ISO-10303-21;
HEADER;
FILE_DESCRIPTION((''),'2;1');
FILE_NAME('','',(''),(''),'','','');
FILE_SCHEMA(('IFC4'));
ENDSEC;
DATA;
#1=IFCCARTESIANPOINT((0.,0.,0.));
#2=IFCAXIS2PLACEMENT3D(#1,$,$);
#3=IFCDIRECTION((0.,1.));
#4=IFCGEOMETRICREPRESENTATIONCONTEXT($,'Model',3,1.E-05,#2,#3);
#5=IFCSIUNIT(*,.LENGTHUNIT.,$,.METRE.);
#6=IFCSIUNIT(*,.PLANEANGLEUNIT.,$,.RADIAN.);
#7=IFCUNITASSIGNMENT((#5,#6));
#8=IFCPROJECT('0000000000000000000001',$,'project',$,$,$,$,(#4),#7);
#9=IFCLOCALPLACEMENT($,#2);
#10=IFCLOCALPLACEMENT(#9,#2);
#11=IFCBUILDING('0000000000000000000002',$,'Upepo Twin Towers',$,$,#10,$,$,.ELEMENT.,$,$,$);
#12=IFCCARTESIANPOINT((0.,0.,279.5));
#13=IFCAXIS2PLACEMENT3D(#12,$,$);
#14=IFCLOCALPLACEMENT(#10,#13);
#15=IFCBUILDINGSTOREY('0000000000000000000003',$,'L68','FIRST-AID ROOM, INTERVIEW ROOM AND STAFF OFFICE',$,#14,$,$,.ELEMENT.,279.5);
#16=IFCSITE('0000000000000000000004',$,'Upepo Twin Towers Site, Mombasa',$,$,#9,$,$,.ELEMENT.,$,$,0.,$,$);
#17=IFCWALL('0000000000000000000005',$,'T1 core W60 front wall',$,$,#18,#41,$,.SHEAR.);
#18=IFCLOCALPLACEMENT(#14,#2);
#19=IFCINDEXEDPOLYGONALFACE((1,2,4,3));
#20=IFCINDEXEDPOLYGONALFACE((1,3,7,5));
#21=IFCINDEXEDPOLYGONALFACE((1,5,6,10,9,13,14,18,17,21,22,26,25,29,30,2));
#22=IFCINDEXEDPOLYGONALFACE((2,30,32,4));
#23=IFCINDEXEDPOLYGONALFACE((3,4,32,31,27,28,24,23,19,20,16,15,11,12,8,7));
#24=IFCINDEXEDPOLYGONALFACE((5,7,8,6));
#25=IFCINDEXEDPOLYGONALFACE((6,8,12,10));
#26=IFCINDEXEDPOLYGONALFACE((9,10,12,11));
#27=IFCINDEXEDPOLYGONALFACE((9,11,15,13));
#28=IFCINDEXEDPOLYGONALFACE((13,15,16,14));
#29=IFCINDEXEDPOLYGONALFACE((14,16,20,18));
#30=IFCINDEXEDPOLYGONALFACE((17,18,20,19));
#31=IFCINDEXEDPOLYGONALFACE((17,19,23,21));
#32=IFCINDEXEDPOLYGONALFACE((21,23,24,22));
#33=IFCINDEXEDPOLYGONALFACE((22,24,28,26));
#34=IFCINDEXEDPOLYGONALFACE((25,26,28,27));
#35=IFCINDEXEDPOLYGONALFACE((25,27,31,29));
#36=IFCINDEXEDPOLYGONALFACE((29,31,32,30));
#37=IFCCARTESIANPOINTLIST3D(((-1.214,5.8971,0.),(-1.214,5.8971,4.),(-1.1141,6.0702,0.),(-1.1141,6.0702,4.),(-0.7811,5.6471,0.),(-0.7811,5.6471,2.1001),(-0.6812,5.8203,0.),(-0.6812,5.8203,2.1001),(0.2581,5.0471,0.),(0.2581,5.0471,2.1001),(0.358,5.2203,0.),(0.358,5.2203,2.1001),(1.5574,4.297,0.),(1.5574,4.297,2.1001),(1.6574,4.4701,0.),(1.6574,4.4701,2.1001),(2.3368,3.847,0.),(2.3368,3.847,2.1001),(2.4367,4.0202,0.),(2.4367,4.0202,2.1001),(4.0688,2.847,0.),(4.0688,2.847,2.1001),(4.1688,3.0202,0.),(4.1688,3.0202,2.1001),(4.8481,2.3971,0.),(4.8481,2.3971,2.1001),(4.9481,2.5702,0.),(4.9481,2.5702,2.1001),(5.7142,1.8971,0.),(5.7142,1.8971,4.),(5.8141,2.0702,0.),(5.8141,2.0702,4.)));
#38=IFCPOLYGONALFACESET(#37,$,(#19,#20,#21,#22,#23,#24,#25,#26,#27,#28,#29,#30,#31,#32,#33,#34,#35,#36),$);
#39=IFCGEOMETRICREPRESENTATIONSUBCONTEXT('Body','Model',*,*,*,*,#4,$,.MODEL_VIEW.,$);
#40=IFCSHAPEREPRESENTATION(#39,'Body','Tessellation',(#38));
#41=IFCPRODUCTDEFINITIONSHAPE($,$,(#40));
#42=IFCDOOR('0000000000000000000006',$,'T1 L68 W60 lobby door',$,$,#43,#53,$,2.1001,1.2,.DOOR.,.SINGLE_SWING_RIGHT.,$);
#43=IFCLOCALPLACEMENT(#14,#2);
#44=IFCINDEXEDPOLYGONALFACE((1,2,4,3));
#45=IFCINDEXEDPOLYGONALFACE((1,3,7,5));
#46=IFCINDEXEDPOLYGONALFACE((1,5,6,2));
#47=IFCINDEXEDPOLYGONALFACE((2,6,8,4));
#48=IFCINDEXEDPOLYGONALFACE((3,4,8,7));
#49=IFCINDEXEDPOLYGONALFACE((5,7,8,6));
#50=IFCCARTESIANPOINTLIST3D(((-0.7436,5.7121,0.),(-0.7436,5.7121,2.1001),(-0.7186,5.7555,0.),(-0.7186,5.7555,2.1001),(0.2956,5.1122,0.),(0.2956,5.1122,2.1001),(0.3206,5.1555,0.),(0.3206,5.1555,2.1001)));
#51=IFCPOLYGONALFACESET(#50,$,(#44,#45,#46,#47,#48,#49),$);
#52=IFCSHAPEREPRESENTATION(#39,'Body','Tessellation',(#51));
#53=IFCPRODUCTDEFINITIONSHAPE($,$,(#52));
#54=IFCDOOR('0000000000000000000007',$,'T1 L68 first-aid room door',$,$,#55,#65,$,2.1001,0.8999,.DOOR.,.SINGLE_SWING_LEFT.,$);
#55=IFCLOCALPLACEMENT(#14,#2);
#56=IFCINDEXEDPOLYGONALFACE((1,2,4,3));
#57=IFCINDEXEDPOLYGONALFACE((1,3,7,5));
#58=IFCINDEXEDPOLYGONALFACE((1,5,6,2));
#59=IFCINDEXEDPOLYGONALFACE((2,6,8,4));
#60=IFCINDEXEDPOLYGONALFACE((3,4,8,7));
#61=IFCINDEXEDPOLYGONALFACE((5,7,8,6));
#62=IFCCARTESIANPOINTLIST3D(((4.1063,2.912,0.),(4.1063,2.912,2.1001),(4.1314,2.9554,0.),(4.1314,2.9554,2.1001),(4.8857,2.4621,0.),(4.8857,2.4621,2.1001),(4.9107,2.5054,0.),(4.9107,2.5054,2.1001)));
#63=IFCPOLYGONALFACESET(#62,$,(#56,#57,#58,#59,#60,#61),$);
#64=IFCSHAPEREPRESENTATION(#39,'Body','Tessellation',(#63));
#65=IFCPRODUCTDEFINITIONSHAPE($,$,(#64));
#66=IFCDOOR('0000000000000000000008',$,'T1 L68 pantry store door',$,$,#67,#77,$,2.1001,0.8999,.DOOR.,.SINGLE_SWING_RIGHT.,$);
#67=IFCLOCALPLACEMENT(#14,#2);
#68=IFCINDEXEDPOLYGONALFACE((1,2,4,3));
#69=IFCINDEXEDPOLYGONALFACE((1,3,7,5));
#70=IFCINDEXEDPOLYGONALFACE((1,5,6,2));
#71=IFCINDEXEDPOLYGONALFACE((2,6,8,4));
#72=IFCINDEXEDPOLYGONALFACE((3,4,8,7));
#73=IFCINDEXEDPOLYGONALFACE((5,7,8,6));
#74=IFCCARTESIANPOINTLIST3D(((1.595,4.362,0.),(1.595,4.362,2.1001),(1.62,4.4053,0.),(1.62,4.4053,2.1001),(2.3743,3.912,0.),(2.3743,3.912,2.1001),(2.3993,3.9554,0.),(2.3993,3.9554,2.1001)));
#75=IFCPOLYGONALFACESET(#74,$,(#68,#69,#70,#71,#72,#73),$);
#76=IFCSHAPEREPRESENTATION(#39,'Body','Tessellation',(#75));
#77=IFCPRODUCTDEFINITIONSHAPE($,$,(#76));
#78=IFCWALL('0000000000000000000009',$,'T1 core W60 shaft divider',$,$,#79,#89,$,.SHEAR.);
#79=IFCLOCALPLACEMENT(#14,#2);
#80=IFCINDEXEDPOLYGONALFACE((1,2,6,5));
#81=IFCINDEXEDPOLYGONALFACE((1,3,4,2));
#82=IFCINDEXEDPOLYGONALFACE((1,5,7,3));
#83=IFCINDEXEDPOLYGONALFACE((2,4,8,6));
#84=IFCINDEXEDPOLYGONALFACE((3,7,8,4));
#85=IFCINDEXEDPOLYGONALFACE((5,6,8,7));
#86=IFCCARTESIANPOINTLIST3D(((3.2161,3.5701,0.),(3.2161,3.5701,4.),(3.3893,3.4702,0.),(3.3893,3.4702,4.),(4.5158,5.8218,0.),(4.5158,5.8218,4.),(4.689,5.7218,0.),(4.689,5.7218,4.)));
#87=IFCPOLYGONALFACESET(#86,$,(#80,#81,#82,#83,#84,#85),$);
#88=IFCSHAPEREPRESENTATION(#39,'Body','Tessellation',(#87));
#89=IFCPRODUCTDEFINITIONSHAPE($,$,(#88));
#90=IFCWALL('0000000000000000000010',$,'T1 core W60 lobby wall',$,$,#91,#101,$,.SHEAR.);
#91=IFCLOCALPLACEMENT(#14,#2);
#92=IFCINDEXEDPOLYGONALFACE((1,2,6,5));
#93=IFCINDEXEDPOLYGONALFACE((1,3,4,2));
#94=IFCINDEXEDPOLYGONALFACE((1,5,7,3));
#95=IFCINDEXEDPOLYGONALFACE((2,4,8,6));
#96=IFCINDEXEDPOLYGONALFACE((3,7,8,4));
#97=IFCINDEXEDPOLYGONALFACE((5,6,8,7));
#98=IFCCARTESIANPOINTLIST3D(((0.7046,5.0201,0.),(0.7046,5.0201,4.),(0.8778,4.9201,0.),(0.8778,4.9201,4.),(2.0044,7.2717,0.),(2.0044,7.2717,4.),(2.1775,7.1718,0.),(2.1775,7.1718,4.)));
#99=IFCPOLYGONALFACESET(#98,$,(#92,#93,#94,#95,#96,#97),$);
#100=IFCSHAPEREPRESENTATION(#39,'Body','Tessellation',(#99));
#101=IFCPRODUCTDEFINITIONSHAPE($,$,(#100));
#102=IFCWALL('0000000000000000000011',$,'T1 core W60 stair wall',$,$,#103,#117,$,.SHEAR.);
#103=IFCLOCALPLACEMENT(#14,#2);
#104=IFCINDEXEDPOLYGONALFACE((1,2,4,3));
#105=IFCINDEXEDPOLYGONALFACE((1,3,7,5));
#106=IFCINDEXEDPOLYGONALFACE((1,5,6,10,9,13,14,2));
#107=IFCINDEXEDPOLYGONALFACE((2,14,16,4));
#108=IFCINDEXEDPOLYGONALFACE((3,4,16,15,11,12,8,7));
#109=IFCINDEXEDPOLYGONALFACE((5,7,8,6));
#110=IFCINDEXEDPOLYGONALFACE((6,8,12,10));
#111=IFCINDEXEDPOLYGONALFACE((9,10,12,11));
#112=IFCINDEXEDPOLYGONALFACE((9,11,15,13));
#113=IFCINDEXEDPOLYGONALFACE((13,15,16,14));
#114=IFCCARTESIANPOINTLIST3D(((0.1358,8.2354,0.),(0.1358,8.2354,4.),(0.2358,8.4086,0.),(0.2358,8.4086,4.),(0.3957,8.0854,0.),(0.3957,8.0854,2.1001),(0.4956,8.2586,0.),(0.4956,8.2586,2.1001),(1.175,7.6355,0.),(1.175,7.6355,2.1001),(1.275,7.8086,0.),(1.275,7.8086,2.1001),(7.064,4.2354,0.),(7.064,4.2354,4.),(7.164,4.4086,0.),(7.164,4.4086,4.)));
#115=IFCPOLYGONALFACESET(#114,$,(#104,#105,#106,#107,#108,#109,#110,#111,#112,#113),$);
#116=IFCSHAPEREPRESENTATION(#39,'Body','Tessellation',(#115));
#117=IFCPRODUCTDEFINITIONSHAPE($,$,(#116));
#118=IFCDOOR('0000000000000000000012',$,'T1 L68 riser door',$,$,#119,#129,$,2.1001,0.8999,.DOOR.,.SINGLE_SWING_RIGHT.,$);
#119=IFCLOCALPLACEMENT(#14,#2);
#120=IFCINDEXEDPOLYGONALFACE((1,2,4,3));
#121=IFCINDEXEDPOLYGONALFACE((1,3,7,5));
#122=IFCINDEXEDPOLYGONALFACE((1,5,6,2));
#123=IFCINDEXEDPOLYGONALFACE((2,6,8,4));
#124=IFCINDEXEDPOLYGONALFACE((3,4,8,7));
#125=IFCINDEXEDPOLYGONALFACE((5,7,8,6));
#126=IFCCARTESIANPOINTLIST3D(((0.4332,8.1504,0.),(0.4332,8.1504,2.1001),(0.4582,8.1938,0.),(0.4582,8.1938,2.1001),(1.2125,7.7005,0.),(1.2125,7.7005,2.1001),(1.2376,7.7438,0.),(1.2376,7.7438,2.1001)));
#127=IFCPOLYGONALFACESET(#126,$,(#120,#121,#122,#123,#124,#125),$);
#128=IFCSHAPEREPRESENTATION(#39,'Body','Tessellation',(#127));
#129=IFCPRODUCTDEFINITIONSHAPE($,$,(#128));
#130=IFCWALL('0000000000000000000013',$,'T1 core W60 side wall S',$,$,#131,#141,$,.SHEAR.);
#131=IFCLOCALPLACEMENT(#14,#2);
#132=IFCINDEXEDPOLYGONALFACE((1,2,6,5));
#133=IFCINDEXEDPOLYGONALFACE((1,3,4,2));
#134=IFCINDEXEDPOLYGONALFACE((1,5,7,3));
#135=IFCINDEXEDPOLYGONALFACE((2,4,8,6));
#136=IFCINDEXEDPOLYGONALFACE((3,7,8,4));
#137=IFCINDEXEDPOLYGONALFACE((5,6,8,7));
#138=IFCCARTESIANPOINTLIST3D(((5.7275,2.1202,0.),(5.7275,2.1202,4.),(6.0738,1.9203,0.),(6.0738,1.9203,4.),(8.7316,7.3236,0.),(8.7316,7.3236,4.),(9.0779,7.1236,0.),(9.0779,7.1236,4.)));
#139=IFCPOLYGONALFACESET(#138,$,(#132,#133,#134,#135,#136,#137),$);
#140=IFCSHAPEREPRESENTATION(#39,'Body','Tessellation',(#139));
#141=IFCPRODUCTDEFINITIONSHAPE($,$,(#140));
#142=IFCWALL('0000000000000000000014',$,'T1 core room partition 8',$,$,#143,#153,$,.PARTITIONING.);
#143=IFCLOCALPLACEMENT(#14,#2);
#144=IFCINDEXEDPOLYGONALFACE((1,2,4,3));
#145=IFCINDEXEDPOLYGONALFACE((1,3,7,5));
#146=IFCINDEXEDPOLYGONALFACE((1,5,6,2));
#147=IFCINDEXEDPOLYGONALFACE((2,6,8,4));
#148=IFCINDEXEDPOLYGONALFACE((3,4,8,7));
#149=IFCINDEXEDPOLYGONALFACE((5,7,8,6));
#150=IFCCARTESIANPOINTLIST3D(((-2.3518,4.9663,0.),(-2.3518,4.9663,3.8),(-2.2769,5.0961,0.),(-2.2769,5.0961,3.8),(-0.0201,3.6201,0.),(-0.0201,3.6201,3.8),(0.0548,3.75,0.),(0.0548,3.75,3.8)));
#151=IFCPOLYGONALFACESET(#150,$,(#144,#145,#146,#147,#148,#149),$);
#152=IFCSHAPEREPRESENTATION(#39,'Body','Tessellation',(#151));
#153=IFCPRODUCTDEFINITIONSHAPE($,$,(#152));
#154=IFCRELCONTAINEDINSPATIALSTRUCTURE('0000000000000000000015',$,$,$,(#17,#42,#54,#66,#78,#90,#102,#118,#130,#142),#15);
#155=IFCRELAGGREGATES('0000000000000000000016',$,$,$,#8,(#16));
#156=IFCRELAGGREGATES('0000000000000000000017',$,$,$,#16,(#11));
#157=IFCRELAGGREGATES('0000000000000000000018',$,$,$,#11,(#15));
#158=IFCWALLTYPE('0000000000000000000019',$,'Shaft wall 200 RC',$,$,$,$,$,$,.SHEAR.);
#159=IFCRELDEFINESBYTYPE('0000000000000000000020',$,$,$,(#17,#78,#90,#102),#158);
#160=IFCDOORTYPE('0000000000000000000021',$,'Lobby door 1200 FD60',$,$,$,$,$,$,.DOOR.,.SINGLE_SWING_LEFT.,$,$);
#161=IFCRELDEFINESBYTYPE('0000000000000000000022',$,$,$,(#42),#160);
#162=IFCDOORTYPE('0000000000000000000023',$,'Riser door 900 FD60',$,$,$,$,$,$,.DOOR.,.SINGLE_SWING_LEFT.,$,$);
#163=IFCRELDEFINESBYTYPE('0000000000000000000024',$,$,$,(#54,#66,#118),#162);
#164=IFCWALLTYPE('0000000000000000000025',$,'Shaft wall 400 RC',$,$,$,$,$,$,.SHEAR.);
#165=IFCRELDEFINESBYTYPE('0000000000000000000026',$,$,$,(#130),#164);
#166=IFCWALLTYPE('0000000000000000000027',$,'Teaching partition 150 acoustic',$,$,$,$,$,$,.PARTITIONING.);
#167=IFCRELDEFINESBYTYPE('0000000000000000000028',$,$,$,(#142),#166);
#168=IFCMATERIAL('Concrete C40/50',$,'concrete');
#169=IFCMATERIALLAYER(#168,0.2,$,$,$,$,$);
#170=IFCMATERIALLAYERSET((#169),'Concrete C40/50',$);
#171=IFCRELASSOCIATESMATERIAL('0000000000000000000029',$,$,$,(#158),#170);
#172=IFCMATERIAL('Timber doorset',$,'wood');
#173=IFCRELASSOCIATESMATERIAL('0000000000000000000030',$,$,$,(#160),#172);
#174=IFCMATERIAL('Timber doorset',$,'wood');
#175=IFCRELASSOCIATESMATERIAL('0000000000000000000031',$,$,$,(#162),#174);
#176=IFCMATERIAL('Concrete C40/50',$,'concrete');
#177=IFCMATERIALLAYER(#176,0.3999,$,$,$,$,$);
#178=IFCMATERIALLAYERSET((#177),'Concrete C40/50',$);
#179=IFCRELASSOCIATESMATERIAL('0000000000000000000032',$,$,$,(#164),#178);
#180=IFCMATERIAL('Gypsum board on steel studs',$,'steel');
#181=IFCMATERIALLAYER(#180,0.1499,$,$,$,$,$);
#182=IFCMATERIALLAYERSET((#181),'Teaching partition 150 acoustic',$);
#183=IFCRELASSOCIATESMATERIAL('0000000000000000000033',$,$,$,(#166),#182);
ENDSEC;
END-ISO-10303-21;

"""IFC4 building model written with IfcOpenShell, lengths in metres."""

from ifc_helpers import new_model, si_unit, direction, frame, frame_2d, origin, place, context, subcontext, project, spatial, rectangle, extrude, material, layer, layer_set, type_object, element, fill, save


model = new_model("IFC4")

# Units and contexts
model_context = context("Model", 3, precision=1e-05, world=origin(), true_north=direction((0.0, 1.0)))
body_context = subcontext(model_context, "Body", "Model", "MODEL_VIEW")
ifc_project = project(units=[si_unit("LENGTHUNIT", "METRE"), si_unit("PLANEANGLEUNIT", "RADIAN")], contexts=[model_context])

# Site, building, storey
site_placement = place(None, origin())
site = spatial("IfcSite", under=ifc_project, at=site_placement, Name="Upepo Twin Towers Site, Mombasa", CompositionType="ELEMENT", RefElevation=0.0)
building_placement = place(site_placement, origin())
building = spatial("IfcBuilding", under=site, at=building_placement, Name="Upepo Twin Towers", CompositionType="ELEMENT")
storey_placement = place(building_placement, frame((0.0, 0.0, 279.5)))
storey = spatial("IfcBuildingStorey", under=building, at=storey_placement, Name="L68", Description="FIRST-AID ROOM, INTERVIEW ROOM AND STAFF OFFICE", CompositionType="ELEMENT", Elevation=279.5)

# Wall, openings, doors
ifc_material_1 = material(Name="Concrete C40/50", Category="concrete")
ifc_layer_1 = layer(ifc_material_1, 0.2)
ifc_layer_set_1 = layer_set([ifc_layer_1], Name="Concrete C40/50")
wall_type_1 = type_object("IfcWallType", Name="Shaft wall 200 RC", PredefinedType="SHEAR", material=ifc_layer_set_1)
wall_1_placement = place(storey_placement, frame((5.7642, 1.9836, 0.0), z_axis=(0.0, 0.0, 1.0), x_axis=(-0.866026, 0.499999, 0.0)))
wall_1 = element("IfcWall", 1, at=wall_1_placement, inside=storey, type_object=wall_type_1, Name="T1 core W60 front wall", PredefinedType="SHEAR", context=body_context, shape_type="SweptSolid", body=[
    extrude(rectangle(XDim=8.0, YDim=0.2, at=frame_2d((4.0, 0.0))), origin(), (0.0, 0.0, 1.0), 4.0),
])
opening_1_placement = place(wall_1_placement, frame((6.3, 0.0, 0.0)))
opening_1 = element("IfcOpeningElement", 2, at=opening_1_placement, cuts=wall_1, PredefinedType="OPENING", context=body_context, shape_type="SweptSolid", body=[
    extrude(rectangle(XDim=1.2, YDim=2.1001, at=frame_2d((0.6001, 1.05))), frame((0.0, 0.1099, 0.0), z_axis=(0.0, -1.0, 0.0), x_axis=(1.0, 0.0, 0.0)), (0.0, 0.0, 1.0), 0.22),
])
opening_2_placement = place(wall_1_placement, frame((1.0, 0.0, 0.0)))
opening_2 = element("IfcOpeningElement", 3, at=opening_2_placement, cuts=wall_1, PredefinedType="OPENING", context=body_context, shape_type="SweptSolid", body=[
    extrude(rectangle(XDim=0.8999, YDim=2.1001, at=frame_2d((0.45, 1.05))), frame((0.0, 0.1099, 0.0), z_axis=(0.0, -1.0, 0.0), x_axis=(1.0, 0.0, 0.0)), (0.0, 0.0, 1.0), 0.22),
])
opening_3_placement = place(wall_1_placement, frame((3.8999, 0.0, 0.0)))
opening_3 = element("IfcOpeningElement", 4, at=opening_3_placement, cuts=wall_1, PredefinedType="OPENING", context=body_context, shape_type="SweptSolid", body=[
    extrude(rectangle(XDim=0.8999, YDim=2.1001, at=frame_2d((0.45, 1.05))), frame((0.0, 0.1099, 0.0), z_axis=(0.0, -1.0, 0.0), x_axis=(1.0, 0.0, 0.0)), (0.0, 0.0, 1.0), 0.22),
])
ifc_material_2 = material(Name="Timber doorset", Category="wood")
door_type_1 = type_object("IfcDoorType", Name="Lobby door 1200 FD60", OperationType="SINGLE_SWING_LEFT", PredefinedType="DOOR", material=ifc_material_2)
door_1_placement = place(opening_1_placement, origin())
door_1 = element("IfcDoor", 5, at=door_1_placement, inside=storey, type_object=door_type_1, Name="T1 L68 W60 lobby door", OperationType="SINGLE_SWING_RIGHT", OverallHeight=2.1001, OverallWidth=1.2, PredefinedType="DOOR", context=body_context, shape_type="SweptSolid", body=[
    extrude(rectangle(XDim=1.2, YDim=2.1001, at=frame_2d((0.6001, 1.05))), frame((0.0, 0.0249, 0.0), z_axis=(0.0, -1.0, 0.0), x_axis=(1.0, 0.0, 0.0)), (0.0, 0.0, 1.0), 0.05),
])
fill(opening_1, door_1)
ifc_material_3 = material(Name="Timber doorset", Category="wood")
door_type_2 = type_object("IfcDoorType", Name="Riser door 900 FD60", OperationType="SINGLE_SWING_LEFT", PredefinedType="DOOR", material=ifc_material_3)
door_2_placement = place(opening_2_placement, origin())
door_2 = element("IfcDoor", 6, at=door_2_placement, inside=storey, type_object=door_type_2, Name="T1 L68 first-aid room door", OperationType="SINGLE_SWING_LEFT", OverallHeight=2.1001, OverallWidth=0.8999, PredefinedType="DOOR", context=body_context, shape_type="SweptSolid", body=[
    extrude(rectangle(XDim=0.8999, YDim=2.1001, at=frame_2d((0.45, 1.05))), frame((0.0, 0.0249, 0.0), z_axis=(0.0, -1.0, 0.0), x_axis=(1.0, 0.0, 0.0)), (0.0, 0.0, 1.0), 0.05),
])
fill(opening_2, door_2)
door_3_placement = place(opening_3_placement, origin())
door_3 = element("IfcDoor", 7, at=door_3_placement, inside=storey, type_object=door_type_2, Name="T1 L68 pantry store door", OperationType="SINGLE_SWING_RIGHT", OverallHeight=2.1001, OverallWidth=0.8999, PredefinedType="DOOR", context=body_context, shape_type="SweptSolid", body=[
    extrude(rectangle(XDim=0.8999, YDim=2.1001, at=frame_2d((0.45, 1.05))), frame((0.0, 0.0249, 0.0), z_axis=(0.0, -1.0, 0.0), x_axis=(1.0, 0.0, 0.0)), (0.0, 0.0, 1.0), 0.05),
])
fill(opening_3, door_3)

# Walls
for number, where, z_axis, x_axis, name in (
    (8, (3.3027, 3.5203, 0.0), (0.0, 0.0, 1.0), (0.499937, 0.866062, 0.0), "T1 core W60 shaft divider"),
    (9, (0.7913, 4.9702, 0.0), (0.0, 0.0, 1.0), (0.499937, 0.866062, 0.0), "T1 core W60 lobby wall"),
):
    element("IfcWall", number, at=place(storey_placement, frame(where, z_axis=z_axis, x_axis=x_axis)), inside=storey, type_object=wall_type_1, Name=name, PredefinedType="SHEAR", context=body_context, shape_type="SweptSolid", body=[
        extrude(rectangle(XDim=2.5999, YDim=0.2, at=frame_2d((1.2998, 0.0))), origin(), (0.0, 0.0, 1.0), 4.0),
    ])

# Wall, opening, door
wall_2_placement = place(storey_placement, frame((7.114, 4.322, 0.0), z_axis=(0.0, 0.0, 1.0), x_axis=(-0.866026, 0.499999, 0.0)))
wall_2 = element("IfcWall", 10, at=wall_2_placement, inside=storey, type_object=wall_type_1, Name="T1 core W60 stair wall", PredefinedType="SHEAR", context=body_context, shape_type="SweptSolid", body=[
    extrude(rectangle(XDim=8.0, YDim=0.2, at=frame_2d((4.0, 0.0))), origin(), (0.0, 0.0, 1.0), 4.0),
])
opening_4_placement = place(wall_2_placement, frame((6.8, 0.0, 0.0)))
opening_4 = element("IfcOpeningElement", 11, at=opening_4_placement, cuts=wall_2, PredefinedType="OPENING", context=body_context, shape_type="SweptSolid", body=[
    extrude(rectangle(XDim=0.8999, YDim=2.1001, at=frame_2d((0.45, 1.05))), frame((0.0, 0.1099, 0.0), z_axis=(0.0, -1.0, 0.0), x_axis=(1.0, 0.0, 0.0)), (0.0, 0.0, 1.0), 0.22),
])
door_4_placement = place(opening_4_placement, origin())
door_4 = element("IfcDoor", 12, at=door_4_placement, inside=storey, type_object=door_type_2, Name="T1 L68 riser door", OperationType="SINGLE_SWING_RIGHT", OverallHeight=2.1001, OverallWidth=0.8999, PredefinedType="DOOR", context=body_context, shape_type="SweptSolid", body=[
    extrude(rectangle(XDim=0.8999, YDim=2.1001, at=frame_2d((0.45, 1.05))), frame((0.0, 0.0249, 0.0), z_axis=(0.0, -1.0, 0.0), x_axis=(1.0, 0.0, 0.0)), (0.0, 0.0, 1.0), 0.05),
])
fill(opening_4, door_4)

# Walls
ifc_material_4 = material(Name="Concrete C40/50", Category="concrete")
ifc_layer_2 = layer(ifc_material_4, 0.3999)
ifc_layer_set_2 = layer_set([ifc_layer_2], Name="Concrete C40/50")
wall_type_2 = type_object("IfcWallType", Name="Shaft wall 400 RC", PredefinedType="SHEAR", material=ifc_layer_set_2)
wall_3_placement = place(storey_placement, frame((5.9006, 2.0203, 0.0), z_axis=(0.0, 0.0, 1.0), x_axis=(0.499998, 0.866027, 0.0)))
element("IfcWall", 13, at=wall_3_placement, inside=storey, type_object=wall_type_2, Name="T1 core W60 side wall S", PredefinedType="SHEAR", context=body_context, shape_type="SweptSolid", body=[
    extrude(rectangle(XDim=6.0083, YDim=0.3999, at=frame_2d((3.0042, 0.0))), origin(), (0.0, 0.0, 1.0), 4.0),
])
ifc_material_5 = material(Name="Gypsum board on steel studs", Category="steel")
ifc_layer_3 = layer(ifc_material_5, 0.1499)
ifc_layer_set_3 = layer_set([ifc_layer_3], Name="Teaching partition 150 acoustic")
wall_type_3 = type_object("IfcWallType", Name="Teaching partition 150 acoustic", PredefinedType="PARTITIONING", material=ifc_layer_set_3)
wall_4_placement = place(storey_placement, frame((0.0173, 3.6851, 0.0), z_axis=(0.0, 0.0, 1.0), x_axis=(-0.866036, 0.499981, 0.0)))
element("IfcWall", 14, at=wall_4_placement, inside=storey, type_object=wall_type_3, Name="T1 core room partition 8", PredefinedType="PARTITIONING", context=body_context, shape_type="SweptSolid", body=[
    extrude(rectangle(XDim=2.6924, YDim=0.1499, at=frame_2d((1.3462, 0.0))), origin(), (0.0, 0.0, 1.0), 3.8),
])

save(model, "model.ifc")
